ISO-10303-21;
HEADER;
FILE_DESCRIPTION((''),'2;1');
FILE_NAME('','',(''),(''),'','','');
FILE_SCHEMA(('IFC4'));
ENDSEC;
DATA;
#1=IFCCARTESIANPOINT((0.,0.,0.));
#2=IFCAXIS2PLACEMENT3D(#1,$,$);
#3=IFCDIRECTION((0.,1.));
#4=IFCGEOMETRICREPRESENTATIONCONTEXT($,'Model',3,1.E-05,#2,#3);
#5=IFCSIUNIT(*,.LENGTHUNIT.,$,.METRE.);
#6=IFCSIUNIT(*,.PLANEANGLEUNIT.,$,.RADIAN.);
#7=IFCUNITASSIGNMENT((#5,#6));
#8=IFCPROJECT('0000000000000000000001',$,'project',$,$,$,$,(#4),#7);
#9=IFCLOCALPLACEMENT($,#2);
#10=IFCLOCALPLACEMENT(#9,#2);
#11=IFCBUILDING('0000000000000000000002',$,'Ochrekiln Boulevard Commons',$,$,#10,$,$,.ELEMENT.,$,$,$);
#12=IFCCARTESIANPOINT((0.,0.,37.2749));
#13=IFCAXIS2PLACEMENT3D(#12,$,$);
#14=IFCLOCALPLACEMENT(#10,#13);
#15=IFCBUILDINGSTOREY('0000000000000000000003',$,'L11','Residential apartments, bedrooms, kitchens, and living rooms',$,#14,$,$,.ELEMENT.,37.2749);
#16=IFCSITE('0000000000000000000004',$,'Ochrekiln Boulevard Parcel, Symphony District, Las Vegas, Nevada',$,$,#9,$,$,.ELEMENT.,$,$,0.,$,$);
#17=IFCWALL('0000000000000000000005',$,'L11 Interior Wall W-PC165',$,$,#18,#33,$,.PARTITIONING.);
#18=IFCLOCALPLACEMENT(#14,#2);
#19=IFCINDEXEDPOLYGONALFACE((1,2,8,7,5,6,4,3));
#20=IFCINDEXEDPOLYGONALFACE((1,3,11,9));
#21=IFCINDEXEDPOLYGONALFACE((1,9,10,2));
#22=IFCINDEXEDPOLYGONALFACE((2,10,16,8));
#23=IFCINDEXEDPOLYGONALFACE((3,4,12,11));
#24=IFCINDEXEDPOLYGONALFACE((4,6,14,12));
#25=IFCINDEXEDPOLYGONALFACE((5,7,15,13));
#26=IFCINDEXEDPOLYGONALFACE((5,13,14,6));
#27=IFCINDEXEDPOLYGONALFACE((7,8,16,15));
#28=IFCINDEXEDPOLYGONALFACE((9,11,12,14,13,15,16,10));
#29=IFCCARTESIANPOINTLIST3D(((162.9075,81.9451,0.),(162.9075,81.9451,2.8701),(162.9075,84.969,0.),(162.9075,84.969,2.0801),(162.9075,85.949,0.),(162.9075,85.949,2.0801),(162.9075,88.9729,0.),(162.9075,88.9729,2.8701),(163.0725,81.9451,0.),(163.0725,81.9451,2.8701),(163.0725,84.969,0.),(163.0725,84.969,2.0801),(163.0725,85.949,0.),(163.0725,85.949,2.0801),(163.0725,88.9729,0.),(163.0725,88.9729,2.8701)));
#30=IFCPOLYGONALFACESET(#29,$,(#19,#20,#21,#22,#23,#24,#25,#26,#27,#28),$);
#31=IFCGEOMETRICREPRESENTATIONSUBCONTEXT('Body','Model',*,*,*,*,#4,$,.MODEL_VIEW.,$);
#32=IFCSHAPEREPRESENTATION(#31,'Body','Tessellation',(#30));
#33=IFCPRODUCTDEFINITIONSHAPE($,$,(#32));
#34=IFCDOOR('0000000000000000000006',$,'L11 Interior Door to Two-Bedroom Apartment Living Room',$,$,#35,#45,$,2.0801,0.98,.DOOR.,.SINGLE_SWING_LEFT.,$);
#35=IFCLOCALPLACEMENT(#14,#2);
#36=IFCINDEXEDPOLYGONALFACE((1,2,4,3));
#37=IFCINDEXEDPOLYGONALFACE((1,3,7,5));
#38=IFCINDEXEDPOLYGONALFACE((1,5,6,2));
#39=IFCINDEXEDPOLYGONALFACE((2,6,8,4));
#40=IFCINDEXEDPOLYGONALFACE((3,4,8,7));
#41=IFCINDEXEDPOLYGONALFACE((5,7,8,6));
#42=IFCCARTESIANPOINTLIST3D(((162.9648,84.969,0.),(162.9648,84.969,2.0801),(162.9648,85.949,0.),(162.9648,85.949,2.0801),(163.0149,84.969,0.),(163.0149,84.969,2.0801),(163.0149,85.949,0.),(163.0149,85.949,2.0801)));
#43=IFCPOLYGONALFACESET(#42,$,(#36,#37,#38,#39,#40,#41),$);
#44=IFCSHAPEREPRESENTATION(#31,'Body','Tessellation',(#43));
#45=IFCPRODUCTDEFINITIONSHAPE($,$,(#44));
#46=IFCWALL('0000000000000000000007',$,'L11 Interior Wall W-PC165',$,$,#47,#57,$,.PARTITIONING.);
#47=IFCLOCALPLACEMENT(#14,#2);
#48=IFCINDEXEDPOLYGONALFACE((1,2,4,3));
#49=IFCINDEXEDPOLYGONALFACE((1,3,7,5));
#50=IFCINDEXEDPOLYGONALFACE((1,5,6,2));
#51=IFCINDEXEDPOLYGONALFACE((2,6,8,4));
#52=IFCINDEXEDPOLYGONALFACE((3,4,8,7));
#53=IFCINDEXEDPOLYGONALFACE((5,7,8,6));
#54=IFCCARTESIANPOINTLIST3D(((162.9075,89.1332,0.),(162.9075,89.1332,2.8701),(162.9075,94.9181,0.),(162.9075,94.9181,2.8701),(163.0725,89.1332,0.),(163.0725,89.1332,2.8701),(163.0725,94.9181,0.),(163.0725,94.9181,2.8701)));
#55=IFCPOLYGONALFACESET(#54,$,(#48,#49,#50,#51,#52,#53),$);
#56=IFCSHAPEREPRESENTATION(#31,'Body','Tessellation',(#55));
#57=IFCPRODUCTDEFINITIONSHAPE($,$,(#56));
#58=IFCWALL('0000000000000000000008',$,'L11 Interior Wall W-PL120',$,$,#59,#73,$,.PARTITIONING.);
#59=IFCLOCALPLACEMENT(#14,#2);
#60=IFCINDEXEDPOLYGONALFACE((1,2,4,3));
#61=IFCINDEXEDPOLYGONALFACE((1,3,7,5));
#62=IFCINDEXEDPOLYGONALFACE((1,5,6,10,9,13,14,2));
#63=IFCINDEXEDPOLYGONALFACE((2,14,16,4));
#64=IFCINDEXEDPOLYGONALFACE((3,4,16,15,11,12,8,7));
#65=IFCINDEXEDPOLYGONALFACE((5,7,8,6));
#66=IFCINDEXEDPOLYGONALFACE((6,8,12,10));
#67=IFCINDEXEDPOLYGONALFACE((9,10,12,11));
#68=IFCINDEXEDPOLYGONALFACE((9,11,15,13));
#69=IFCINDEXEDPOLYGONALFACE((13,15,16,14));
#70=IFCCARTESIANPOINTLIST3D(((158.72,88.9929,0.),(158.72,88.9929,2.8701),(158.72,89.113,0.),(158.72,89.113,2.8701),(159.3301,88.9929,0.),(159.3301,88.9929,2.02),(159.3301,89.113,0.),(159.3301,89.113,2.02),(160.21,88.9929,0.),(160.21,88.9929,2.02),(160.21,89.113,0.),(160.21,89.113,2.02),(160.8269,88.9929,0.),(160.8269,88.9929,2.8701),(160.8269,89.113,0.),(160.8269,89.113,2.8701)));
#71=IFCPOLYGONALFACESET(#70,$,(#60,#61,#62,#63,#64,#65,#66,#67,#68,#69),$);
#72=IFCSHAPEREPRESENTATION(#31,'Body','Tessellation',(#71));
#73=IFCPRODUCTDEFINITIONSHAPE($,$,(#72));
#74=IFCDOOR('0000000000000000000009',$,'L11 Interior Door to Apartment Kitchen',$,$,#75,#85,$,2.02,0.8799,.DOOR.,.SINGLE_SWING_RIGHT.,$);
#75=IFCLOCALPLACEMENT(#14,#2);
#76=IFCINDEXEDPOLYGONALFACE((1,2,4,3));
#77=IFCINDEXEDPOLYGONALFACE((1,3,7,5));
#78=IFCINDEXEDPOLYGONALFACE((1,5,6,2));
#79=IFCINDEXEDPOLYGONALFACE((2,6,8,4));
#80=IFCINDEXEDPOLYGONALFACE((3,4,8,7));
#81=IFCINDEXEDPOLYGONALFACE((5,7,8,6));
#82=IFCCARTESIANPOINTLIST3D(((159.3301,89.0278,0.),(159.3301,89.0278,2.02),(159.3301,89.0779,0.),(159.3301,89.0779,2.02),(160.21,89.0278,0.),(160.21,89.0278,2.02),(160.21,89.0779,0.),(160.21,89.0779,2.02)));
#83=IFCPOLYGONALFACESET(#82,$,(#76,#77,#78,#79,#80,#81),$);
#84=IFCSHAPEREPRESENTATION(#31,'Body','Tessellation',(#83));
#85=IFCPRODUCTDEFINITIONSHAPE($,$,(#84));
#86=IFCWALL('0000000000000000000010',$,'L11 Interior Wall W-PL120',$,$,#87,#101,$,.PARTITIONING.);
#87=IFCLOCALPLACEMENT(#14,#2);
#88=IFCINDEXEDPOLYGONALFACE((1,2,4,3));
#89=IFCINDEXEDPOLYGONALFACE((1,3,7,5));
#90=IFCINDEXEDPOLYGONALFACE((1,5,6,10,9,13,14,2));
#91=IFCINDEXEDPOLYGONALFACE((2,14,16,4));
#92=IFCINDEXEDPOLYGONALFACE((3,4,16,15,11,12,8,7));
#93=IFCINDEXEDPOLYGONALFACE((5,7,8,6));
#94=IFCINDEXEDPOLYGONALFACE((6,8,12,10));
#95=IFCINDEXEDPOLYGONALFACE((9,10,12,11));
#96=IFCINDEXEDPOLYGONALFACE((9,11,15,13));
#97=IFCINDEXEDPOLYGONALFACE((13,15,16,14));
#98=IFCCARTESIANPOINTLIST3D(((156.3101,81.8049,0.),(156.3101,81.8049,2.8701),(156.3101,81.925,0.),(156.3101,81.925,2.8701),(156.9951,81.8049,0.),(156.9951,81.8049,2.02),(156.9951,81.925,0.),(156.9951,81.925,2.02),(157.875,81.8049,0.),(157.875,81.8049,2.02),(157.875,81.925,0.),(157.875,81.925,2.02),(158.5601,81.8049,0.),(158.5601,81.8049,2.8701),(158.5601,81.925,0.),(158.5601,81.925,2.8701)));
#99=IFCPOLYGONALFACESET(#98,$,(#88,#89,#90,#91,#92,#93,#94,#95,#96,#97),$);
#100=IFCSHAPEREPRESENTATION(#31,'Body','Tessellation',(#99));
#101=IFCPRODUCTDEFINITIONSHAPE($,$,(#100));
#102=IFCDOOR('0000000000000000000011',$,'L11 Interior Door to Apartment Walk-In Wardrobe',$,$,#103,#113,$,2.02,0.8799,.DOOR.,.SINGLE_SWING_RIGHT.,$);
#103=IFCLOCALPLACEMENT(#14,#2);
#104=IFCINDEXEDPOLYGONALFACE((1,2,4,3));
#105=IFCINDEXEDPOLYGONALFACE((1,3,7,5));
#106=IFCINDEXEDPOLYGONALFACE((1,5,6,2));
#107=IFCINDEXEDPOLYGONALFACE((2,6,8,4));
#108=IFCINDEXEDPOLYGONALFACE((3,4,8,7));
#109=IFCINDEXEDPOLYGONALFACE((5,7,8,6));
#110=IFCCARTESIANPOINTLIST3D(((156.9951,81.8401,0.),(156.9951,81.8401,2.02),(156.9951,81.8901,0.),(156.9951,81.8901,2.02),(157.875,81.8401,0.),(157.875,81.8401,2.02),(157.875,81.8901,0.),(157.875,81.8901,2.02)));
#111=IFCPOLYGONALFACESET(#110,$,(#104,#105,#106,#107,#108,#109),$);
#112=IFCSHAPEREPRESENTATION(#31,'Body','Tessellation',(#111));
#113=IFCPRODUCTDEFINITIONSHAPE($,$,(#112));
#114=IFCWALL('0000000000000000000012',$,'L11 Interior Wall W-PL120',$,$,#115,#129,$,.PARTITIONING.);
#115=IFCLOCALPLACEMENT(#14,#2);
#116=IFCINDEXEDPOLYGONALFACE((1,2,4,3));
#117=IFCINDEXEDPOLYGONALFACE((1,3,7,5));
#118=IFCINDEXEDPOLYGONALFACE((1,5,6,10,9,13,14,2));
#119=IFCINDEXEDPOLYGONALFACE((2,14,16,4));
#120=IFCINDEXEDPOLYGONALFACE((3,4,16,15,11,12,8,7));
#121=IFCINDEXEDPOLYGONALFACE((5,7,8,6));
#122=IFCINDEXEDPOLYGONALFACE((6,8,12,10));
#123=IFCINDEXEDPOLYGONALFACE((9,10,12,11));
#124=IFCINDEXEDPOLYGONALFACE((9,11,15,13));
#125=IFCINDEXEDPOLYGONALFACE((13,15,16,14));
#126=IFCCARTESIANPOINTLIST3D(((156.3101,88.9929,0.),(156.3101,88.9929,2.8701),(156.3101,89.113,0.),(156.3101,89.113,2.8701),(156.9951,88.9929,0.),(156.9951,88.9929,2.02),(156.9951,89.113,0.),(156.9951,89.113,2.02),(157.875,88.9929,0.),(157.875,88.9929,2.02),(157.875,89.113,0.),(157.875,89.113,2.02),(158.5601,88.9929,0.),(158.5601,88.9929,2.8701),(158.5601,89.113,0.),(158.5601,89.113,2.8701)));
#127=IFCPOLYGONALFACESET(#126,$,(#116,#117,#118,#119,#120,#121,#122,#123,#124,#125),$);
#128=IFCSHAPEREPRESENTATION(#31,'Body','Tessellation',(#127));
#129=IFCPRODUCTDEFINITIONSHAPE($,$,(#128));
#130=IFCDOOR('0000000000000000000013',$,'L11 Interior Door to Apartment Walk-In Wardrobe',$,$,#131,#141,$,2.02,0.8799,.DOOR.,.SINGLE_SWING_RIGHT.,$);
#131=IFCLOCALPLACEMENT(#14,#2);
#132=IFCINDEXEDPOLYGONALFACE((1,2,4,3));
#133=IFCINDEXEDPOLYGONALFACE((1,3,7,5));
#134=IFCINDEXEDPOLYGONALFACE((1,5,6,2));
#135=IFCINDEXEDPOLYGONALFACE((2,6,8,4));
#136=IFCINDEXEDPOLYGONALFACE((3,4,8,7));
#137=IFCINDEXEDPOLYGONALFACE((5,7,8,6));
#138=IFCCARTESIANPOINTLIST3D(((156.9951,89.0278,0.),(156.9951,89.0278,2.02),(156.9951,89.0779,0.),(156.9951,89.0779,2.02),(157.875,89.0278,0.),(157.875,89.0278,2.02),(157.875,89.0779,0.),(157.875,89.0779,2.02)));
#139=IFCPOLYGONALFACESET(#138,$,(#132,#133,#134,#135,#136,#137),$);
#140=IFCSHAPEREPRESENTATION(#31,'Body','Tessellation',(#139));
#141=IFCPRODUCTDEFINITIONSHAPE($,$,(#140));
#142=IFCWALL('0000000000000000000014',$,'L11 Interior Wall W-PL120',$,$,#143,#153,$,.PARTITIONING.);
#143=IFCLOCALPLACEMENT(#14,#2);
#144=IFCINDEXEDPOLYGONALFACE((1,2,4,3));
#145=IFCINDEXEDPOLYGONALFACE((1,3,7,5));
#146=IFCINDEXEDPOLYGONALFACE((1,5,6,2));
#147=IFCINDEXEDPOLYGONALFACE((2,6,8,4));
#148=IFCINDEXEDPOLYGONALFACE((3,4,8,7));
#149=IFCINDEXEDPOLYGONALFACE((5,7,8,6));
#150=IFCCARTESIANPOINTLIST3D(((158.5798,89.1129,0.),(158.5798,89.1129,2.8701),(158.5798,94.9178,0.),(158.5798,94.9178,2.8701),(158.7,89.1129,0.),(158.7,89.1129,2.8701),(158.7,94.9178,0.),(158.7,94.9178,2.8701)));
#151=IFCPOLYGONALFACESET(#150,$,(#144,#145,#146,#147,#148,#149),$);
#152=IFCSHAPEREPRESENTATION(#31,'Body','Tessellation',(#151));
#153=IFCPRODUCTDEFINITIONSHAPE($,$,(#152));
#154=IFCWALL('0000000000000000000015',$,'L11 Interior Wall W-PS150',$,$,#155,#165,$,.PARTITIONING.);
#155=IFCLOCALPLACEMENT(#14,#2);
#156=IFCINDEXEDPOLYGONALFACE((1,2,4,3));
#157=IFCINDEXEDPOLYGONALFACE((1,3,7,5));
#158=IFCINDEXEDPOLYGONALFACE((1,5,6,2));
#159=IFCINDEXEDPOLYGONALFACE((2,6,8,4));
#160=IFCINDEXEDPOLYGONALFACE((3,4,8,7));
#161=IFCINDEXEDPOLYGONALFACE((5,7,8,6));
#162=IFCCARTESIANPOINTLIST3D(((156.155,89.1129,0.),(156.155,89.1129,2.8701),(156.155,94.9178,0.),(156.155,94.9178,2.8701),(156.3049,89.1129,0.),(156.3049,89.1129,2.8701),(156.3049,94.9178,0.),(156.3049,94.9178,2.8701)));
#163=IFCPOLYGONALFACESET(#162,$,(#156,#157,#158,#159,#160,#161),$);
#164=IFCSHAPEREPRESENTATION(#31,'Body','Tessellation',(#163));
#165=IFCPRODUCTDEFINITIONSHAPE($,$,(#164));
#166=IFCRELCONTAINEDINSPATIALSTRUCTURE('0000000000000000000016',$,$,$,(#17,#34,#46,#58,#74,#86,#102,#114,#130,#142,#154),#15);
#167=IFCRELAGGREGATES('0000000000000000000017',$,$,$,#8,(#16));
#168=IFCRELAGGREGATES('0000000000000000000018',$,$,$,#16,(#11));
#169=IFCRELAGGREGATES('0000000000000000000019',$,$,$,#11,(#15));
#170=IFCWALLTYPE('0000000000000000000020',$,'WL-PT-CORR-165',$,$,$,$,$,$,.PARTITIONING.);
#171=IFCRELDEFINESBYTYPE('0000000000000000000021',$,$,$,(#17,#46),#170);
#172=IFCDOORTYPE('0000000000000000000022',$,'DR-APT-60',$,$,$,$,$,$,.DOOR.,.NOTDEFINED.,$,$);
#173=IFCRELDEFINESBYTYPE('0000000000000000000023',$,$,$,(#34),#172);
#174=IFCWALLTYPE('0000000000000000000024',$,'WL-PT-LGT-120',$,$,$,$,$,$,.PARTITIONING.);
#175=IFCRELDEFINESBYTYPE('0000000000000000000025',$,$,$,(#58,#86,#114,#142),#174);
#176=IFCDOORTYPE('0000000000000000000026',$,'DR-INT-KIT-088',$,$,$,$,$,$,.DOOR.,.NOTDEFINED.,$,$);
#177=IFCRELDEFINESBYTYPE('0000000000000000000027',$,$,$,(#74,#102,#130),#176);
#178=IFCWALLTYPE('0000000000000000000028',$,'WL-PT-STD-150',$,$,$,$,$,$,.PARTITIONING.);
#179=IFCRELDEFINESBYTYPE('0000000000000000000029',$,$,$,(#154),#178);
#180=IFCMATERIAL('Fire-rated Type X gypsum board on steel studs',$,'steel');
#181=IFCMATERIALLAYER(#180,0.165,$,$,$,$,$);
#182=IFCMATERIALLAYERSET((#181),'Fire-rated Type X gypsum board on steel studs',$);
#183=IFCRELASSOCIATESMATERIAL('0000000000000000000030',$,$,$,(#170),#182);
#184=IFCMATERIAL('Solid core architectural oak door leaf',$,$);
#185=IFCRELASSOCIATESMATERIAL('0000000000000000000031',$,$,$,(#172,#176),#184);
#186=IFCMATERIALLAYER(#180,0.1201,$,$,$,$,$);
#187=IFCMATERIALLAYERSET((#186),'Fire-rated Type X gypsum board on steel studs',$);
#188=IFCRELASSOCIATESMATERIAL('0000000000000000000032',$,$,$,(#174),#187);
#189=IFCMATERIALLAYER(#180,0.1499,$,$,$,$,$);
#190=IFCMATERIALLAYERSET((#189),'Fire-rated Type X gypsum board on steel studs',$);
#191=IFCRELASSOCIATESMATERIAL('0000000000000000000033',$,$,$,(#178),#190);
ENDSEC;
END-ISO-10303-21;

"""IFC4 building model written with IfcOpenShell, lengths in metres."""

from ifc_helpers import new_model, si_unit, direction, frame, frame_2d, origin, place, context, subcontext, project, spatial, rectangle, extrude, material, layer, layer_set, type_object, element, fill, save


model = new_model("IFC4")

# Units and contexts
model_context = context("Model", 3, precision=1e-05, world=origin(), true_north=direction((0.0, 1.0)))
body_context = subcontext(model_context, "Body", "Model", "MODEL_VIEW")
ifc_project = project(units=[si_unit("LENGTHUNIT", "METRE"), si_unit("PLANEANGLEUNIT", "RADIAN")], contexts=[model_context])

# Site, building, storey
site_placement = place(None, origin())
site = spatial("IfcSite", under=ifc_project, at=site_placement, Name="Ochrekiln Boulevard Parcel, Symphony District, Las Vegas, Nevada", CompositionType="ELEMENT", RefElevation=0.0)
building_placement = place(site_placement, origin())
building = spatial("IfcBuilding", under=site, at=building_placement, Name="Ochrekiln Boulevard Commons", CompositionType="ELEMENT")
storey_placement = place(building_placement, frame((0.0, 0.0, 37.2749)))
storey = spatial("IfcBuildingStorey", under=building, at=storey_placement, Name="L11", Description="Residential apartments, bedrooms, kitchens, and living rooms", CompositionType="ELEMENT", Elevation=37.2749)

# Shared definitions
ifc_material_1 = material(Name="Solid core architectural oak door leaf")
ifc_material_2 = material(Name="Fire-rated Type X gypsum board on steel studs", Category="steel")
ifc_layer_1 = layer(ifc_material_2, 0.165)
ifc_layer_set_1 = layer_set([ifc_layer_1], Name="Fire-rated Type X gypsum board on steel studs")
wall_type_1 = type_object("IfcWallType", Name="WL-PT-CORR-165", PredefinedType="PARTITIONING", material=ifc_layer_set_1)
door_type_1 = type_object("IfcDoorType", Name="DR-APT-60", OperationType="NOTDEFINED", PredefinedType="DOOR", material=ifc_material_1)

# Wall, opening, door
wall_1_placement = place(storey_placement, frame((162.99, 81.9451, 0.0), z_axis=(0.0, 0.0, 1.0), x_axis=(0.0, 1.0, 0.0)))
wall_1 = element("IfcWall", 1, at=wall_1_placement, inside=storey, type_object=wall_type_1, Name="L11 Interior Wall W-PC165", PredefinedType="PARTITIONING", context=body_context, shape_type="SweptSolid", body=[
    extrude(rectangle(XDim=7.0278, YDim=0.165, at=frame_2d((3.5139, 0.0))), origin(), (0.0, 0.0, 1.0), 2.8701),
])
opening_1_placement = place(wall_1_placement, frame((3.0239, 0.0, 0.0)))
opening_1 = element("IfcOpeningElement", 2, at=opening_1_placement, cuts=wall_1, PredefinedType="OPENING", context=body_context, shape_type="SweptSolid", body=[
    extrude(rectangle(XDim=0.98, YDim=2.0801, at=frame_2d((0.49, 1.04))), frame((0.0, 0.0925, 0.0), z_axis=(0.0, -1.0, 0.0), x_axis=(1.0, 0.0, 0.0)), (0.0, 0.0, 1.0), 0.1851),
])
door_1_placement = place(opening_1_placement, frame((0.98, 0.0, 0.0), z_axis=(0.0, 0.0, 1.0), x_axis=(-1.0, 0.0, 0.0)))
door_1 = element("IfcDoor", 3, at=door_1_placement, inside=storey, type_object=door_type_1, Name="L11 Interior Door to Two-Bedroom Apartment Living Room", OperationType="SINGLE_SWING_LEFT", OverallHeight=2.0801, OverallWidth=0.98, PredefinedType="DOOR", context=body_context, shape_type="SweptSolid", body=[
    extrude(rectangle(XDim=0.98, YDim=2.0801, at=frame_2d((0.49, 1.04))), frame((0.0, 0.0249, 0.0), z_axis=(0.0, -1.0, 0.0), x_axis=(1.0, 0.0, 0.0)), (0.0, 0.0, 1.0), 0.05),
])
fill(opening_1, door_1)

# Wall
wall_2_placement = place(storey_placement, frame((162.99, 89.1331, 0.0), z_axis=(0.0, 0.0, 1.0), x_axis=(0.0, 1.0, 0.0)))
element("IfcWall", 4, at=wall_2_placement, inside=storey, type_object=wall_type_1, Name="L11 Interior Wall W-PC165", PredefinedType="PARTITIONING", context=body_context, shape_type="SweptSolid", body=[
    extrude(rectangle(XDim=5.7849, YDim=0.165, at=frame_2d((2.8926, 0.0))), origin(), (0.0, 0.0, 1.0), 2.8701),
])

# Walls, openings, doors
ifc_layer_2 = layer(ifc_material_2, 0.1201)
ifc_layer_set_2 = layer_set([ifc_layer_2], Name="Fire-rated Type X gypsum board on steel studs")
wall_type_2 = type_object("IfcWallType", Name="WL-PT-LGT-120", PredefinedType="PARTITIONING", material=ifc_layer_set_2)
wall_3_placement = place(storey_placement, frame((158.72, 89.053, 0.0), z_axis=(0.0, 0.0, 1.0), x_axis=(1.0, 0.0, 0.0)))
wall_3 = element("IfcWall", 5, at=wall_3_placement, inside=storey, type_object=wall_type_2, Name="L11 Interior Wall W-PL120", PredefinedType="PARTITIONING", context=body_context, shape_type="SweptSolid", body=[
    extrude(rectangle(XDim=2.1069, YDim=0.1201, at=frame_2d((1.0535, 0.0))), origin(), (0.0, 0.0, 1.0), 2.8701),
])
opening_2_placement = place(wall_3_placement, frame((0.6101, 0.0, 0.0)))
opening_2 = element("IfcOpeningElement", 6, at=opening_2_placement, cuts=wall_3, PredefinedType="OPENING", context=body_context, shape_type="SweptSolid", body=[
    extrude(rectangle(XDim=0.8799, YDim=2.02, at=frame_2d((0.4399, 1.01))), frame((0.0, 0.0701, 0.0), z_axis=(0.0, -1.0, 0.0), x_axis=(1.0, 0.0, 0.0)), (0.0, 0.0, 1.0), 0.1401),
])
door_type_2 = type_object("IfcDoorType", Name="DR-INT-KIT-088", OperationType="NOTDEFINED", PredefinedType="DOOR", material=ifc_material_1)
door_2_placement = place(opening_2_placement, origin())
door_2 = element("IfcDoor", 7, at=door_2_placement, inside=storey, type_object=door_type_2, Name="L11 Interior Door to Apartment Kitchen", OperationType="SINGLE_SWING_RIGHT", OverallHeight=2.02, OverallWidth=0.8799, PredefinedType="DOOR", context=body_context, shape_type="SweptSolid", body=[
    extrude(rectangle(XDim=0.8799, YDim=2.02, at=frame_2d((0.4399, 1.01))), frame((0.0, 0.0249, 0.0), z_axis=(0.0, -1.0, 0.0), x_axis=(1.0, 0.0, 0.0)), (0.0, 0.0, 1.0), 0.05),
])
fill(opening_2, door_2)
wall_4_placement = place(storey_placement, frame((156.3101, 81.865, 0.0), z_axis=(0.0, 0.0, 1.0), x_axis=(1.0, 0.0, 0.0)))
wall_4 = element("IfcWall", 8, at=wall_4_placement, inside=storey, type_object=wall_type_2, Name="L11 Interior Wall W-PL120", PredefinedType="PARTITIONING", context=body_context, shape_type="SweptSolid", body=[
    extrude(rectangle(XDim=2.25, YDim=0.1201, at=frame_2d((1.125, 0.0))), origin(), (0.0, 0.0, 1.0), 2.8701),
])
opening_3_placement = place(wall_4_placement, frame((0.6851, 0.0, 0.0)))
opening_3 = element("IfcOpeningElement", 9, at=opening_3_placement, cuts=wall_4, PredefinedType="OPENING", context=body_context, shape_type="SweptSolid", body=[
    extrude(rectangle(XDim=0.8799, YDim=2.02, at=frame_2d((0.4399, 1.01))), frame((0.0, 0.0701, 0.0), z_axis=(0.0, -1.0, 0.0), x_axis=(1.0, 0.0, 0.0)), (0.0, 0.0, 1.0), 0.1401),
])
door_3_placement = place(opening_3_placement, frame((0.8799, 0.0, 0.0), z_axis=(0.0, 0.0, 1.0), x_axis=(-1.0, 0.0, 0.0)))
door_3 = element("IfcDoor", 10, at=door_3_placement, inside=storey, type_object=door_type_2, Name="L11 Interior Door to Apartment Walk-In Wardrobe", OperationType="SINGLE_SWING_RIGHT", OverallHeight=2.02, OverallWidth=0.8799, PredefinedType="DOOR", context=body_context, shape_type="SweptSolid", body=[
    extrude(rectangle(XDim=0.8799, YDim=2.02, at=frame_2d((0.4399, 1.01))), frame((0.0, 0.0249, 0.0), z_axis=(0.0, -1.0, 0.0), x_axis=(1.0, 0.0, 0.0)), (0.0, 0.0, 1.0), 0.05),
])
fill(opening_3, door_3)
wall_5_placement = place(storey_placement, frame((156.3101, 89.053, 0.0), z_axis=(0.0, 0.0, 1.0), x_axis=(1.0, 0.0, 0.0)))
wall_5 = element("IfcWall", 11, at=wall_5_placement, inside=storey, type_object=wall_type_2, Name="L11 Interior Wall W-PL120", PredefinedType="PARTITIONING", context=body_context, shape_type="SweptSolid", body=[
    extrude(rectangle(XDim=2.25, YDim=0.1201, at=frame_2d((1.125, 0.0))), origin(), (0.0, 0.0, 1.0), 2.8701),
])
opening_4_placement = place(wall_5_placement, frame((0.6851, 0.0, 0.0)))
opening_4 = element("IfcOpeningElement", 12, at=opening_4_placement, cuts=wall_5, PredefinedType="OPENING", context=body_context, shape_type="SweptSolid", body=[
    extrude(rectangle(XDim=0.8799, YDim=2.02, at=frame_2d((0.4399, 1.01))), frame((0.0, 0.0701, 0.0), z_axis=(0.0, -1.0, 0.0), x_axis=(1.0, 0.0, 0.0)), (0.0, 0.0, 1.0), 0.1401),
])
door_4_placement = place(opening_4_placement, origin())
door_4 = element("IfcDoor", 13, at=door_4_placement, inside=storey, type_object=door_type_2, Name="L11 Interior Door to Apartment Walk-In Wardrobe", OperationType="SINGLE_SWING_RIGHT", OverallHeight=2.02, OverallWidth=0.8799, PredefinedType="DOOR", context=body_context, shape_type="SweptSolid", body=[
    extrude(rectangle(XDim=0.8799, YDim=2.02, at=frame_2d((0.4399, 1.01))), frame((0.0, 0.0249, 0.0), z_axis=(0.0, -1.0, 0.0), x_axis=(1.0, 0.0, 0.0)), (0.0, 0.0, 1.0), 0.05),
])
fill(opening_4, door_4)

# Walls
wall_6_placement = place(storey_placement, frame((158.6399, 89.113, 0.0), z_axis=(0.0, 0.0, 1.0), x_axis=(0.0, 1.0, 0.0)))
element("IfcWall", 14, at=wall_6_placement, inside=storey, type_object=wall_type_2, Name="L11 Interior Wall W-PL120", PredefinedType="PARTITIONING", context=body_context, shape_type="SweptSolid", body=[
    extrude(rectangle(XDim=5.8049, YDim=0.1201, at=frame_2d((2.9023, 0.0))), origin(), (0.0, 0.0, 1.0), 2.8701),
])
ifc_layer_3 = layer(ifc_material_2, 0.1499)
ifc_layer_set_3 = layer_set([ifc_layer_3], Name="Fire-rated Type X gypsum board on steel studs")
wall_type_3 = type_object("IfcWallType", Name="WL-PT-STD-150", PredefinedType="PARTITIONING", material=ifc_layer_set_3)
wall_7_placement = place(storey_placement, frame((156.23, 89.113, 0.0), z_axis=(0.0, 0.0, 1.0), x_axis=(0.0, 1.0, 0.0)))
element("IfcWall", 15, at=wall_7_placement, inside=storey, type_object=wall_type_3, Name="L11 Interior Wall W-PS150", PredefinedType="PARTITIONING", context=body_context, shape_type="SweptSolid", body=[
    extrude(rectangle(XDim=5.8049, YDim=0.1499, at=frame_2d((2.9023, 0.0))), origin(), (0.0, 0.0, 1.0), 2.8701),
])

save(model, "model.ifc")
